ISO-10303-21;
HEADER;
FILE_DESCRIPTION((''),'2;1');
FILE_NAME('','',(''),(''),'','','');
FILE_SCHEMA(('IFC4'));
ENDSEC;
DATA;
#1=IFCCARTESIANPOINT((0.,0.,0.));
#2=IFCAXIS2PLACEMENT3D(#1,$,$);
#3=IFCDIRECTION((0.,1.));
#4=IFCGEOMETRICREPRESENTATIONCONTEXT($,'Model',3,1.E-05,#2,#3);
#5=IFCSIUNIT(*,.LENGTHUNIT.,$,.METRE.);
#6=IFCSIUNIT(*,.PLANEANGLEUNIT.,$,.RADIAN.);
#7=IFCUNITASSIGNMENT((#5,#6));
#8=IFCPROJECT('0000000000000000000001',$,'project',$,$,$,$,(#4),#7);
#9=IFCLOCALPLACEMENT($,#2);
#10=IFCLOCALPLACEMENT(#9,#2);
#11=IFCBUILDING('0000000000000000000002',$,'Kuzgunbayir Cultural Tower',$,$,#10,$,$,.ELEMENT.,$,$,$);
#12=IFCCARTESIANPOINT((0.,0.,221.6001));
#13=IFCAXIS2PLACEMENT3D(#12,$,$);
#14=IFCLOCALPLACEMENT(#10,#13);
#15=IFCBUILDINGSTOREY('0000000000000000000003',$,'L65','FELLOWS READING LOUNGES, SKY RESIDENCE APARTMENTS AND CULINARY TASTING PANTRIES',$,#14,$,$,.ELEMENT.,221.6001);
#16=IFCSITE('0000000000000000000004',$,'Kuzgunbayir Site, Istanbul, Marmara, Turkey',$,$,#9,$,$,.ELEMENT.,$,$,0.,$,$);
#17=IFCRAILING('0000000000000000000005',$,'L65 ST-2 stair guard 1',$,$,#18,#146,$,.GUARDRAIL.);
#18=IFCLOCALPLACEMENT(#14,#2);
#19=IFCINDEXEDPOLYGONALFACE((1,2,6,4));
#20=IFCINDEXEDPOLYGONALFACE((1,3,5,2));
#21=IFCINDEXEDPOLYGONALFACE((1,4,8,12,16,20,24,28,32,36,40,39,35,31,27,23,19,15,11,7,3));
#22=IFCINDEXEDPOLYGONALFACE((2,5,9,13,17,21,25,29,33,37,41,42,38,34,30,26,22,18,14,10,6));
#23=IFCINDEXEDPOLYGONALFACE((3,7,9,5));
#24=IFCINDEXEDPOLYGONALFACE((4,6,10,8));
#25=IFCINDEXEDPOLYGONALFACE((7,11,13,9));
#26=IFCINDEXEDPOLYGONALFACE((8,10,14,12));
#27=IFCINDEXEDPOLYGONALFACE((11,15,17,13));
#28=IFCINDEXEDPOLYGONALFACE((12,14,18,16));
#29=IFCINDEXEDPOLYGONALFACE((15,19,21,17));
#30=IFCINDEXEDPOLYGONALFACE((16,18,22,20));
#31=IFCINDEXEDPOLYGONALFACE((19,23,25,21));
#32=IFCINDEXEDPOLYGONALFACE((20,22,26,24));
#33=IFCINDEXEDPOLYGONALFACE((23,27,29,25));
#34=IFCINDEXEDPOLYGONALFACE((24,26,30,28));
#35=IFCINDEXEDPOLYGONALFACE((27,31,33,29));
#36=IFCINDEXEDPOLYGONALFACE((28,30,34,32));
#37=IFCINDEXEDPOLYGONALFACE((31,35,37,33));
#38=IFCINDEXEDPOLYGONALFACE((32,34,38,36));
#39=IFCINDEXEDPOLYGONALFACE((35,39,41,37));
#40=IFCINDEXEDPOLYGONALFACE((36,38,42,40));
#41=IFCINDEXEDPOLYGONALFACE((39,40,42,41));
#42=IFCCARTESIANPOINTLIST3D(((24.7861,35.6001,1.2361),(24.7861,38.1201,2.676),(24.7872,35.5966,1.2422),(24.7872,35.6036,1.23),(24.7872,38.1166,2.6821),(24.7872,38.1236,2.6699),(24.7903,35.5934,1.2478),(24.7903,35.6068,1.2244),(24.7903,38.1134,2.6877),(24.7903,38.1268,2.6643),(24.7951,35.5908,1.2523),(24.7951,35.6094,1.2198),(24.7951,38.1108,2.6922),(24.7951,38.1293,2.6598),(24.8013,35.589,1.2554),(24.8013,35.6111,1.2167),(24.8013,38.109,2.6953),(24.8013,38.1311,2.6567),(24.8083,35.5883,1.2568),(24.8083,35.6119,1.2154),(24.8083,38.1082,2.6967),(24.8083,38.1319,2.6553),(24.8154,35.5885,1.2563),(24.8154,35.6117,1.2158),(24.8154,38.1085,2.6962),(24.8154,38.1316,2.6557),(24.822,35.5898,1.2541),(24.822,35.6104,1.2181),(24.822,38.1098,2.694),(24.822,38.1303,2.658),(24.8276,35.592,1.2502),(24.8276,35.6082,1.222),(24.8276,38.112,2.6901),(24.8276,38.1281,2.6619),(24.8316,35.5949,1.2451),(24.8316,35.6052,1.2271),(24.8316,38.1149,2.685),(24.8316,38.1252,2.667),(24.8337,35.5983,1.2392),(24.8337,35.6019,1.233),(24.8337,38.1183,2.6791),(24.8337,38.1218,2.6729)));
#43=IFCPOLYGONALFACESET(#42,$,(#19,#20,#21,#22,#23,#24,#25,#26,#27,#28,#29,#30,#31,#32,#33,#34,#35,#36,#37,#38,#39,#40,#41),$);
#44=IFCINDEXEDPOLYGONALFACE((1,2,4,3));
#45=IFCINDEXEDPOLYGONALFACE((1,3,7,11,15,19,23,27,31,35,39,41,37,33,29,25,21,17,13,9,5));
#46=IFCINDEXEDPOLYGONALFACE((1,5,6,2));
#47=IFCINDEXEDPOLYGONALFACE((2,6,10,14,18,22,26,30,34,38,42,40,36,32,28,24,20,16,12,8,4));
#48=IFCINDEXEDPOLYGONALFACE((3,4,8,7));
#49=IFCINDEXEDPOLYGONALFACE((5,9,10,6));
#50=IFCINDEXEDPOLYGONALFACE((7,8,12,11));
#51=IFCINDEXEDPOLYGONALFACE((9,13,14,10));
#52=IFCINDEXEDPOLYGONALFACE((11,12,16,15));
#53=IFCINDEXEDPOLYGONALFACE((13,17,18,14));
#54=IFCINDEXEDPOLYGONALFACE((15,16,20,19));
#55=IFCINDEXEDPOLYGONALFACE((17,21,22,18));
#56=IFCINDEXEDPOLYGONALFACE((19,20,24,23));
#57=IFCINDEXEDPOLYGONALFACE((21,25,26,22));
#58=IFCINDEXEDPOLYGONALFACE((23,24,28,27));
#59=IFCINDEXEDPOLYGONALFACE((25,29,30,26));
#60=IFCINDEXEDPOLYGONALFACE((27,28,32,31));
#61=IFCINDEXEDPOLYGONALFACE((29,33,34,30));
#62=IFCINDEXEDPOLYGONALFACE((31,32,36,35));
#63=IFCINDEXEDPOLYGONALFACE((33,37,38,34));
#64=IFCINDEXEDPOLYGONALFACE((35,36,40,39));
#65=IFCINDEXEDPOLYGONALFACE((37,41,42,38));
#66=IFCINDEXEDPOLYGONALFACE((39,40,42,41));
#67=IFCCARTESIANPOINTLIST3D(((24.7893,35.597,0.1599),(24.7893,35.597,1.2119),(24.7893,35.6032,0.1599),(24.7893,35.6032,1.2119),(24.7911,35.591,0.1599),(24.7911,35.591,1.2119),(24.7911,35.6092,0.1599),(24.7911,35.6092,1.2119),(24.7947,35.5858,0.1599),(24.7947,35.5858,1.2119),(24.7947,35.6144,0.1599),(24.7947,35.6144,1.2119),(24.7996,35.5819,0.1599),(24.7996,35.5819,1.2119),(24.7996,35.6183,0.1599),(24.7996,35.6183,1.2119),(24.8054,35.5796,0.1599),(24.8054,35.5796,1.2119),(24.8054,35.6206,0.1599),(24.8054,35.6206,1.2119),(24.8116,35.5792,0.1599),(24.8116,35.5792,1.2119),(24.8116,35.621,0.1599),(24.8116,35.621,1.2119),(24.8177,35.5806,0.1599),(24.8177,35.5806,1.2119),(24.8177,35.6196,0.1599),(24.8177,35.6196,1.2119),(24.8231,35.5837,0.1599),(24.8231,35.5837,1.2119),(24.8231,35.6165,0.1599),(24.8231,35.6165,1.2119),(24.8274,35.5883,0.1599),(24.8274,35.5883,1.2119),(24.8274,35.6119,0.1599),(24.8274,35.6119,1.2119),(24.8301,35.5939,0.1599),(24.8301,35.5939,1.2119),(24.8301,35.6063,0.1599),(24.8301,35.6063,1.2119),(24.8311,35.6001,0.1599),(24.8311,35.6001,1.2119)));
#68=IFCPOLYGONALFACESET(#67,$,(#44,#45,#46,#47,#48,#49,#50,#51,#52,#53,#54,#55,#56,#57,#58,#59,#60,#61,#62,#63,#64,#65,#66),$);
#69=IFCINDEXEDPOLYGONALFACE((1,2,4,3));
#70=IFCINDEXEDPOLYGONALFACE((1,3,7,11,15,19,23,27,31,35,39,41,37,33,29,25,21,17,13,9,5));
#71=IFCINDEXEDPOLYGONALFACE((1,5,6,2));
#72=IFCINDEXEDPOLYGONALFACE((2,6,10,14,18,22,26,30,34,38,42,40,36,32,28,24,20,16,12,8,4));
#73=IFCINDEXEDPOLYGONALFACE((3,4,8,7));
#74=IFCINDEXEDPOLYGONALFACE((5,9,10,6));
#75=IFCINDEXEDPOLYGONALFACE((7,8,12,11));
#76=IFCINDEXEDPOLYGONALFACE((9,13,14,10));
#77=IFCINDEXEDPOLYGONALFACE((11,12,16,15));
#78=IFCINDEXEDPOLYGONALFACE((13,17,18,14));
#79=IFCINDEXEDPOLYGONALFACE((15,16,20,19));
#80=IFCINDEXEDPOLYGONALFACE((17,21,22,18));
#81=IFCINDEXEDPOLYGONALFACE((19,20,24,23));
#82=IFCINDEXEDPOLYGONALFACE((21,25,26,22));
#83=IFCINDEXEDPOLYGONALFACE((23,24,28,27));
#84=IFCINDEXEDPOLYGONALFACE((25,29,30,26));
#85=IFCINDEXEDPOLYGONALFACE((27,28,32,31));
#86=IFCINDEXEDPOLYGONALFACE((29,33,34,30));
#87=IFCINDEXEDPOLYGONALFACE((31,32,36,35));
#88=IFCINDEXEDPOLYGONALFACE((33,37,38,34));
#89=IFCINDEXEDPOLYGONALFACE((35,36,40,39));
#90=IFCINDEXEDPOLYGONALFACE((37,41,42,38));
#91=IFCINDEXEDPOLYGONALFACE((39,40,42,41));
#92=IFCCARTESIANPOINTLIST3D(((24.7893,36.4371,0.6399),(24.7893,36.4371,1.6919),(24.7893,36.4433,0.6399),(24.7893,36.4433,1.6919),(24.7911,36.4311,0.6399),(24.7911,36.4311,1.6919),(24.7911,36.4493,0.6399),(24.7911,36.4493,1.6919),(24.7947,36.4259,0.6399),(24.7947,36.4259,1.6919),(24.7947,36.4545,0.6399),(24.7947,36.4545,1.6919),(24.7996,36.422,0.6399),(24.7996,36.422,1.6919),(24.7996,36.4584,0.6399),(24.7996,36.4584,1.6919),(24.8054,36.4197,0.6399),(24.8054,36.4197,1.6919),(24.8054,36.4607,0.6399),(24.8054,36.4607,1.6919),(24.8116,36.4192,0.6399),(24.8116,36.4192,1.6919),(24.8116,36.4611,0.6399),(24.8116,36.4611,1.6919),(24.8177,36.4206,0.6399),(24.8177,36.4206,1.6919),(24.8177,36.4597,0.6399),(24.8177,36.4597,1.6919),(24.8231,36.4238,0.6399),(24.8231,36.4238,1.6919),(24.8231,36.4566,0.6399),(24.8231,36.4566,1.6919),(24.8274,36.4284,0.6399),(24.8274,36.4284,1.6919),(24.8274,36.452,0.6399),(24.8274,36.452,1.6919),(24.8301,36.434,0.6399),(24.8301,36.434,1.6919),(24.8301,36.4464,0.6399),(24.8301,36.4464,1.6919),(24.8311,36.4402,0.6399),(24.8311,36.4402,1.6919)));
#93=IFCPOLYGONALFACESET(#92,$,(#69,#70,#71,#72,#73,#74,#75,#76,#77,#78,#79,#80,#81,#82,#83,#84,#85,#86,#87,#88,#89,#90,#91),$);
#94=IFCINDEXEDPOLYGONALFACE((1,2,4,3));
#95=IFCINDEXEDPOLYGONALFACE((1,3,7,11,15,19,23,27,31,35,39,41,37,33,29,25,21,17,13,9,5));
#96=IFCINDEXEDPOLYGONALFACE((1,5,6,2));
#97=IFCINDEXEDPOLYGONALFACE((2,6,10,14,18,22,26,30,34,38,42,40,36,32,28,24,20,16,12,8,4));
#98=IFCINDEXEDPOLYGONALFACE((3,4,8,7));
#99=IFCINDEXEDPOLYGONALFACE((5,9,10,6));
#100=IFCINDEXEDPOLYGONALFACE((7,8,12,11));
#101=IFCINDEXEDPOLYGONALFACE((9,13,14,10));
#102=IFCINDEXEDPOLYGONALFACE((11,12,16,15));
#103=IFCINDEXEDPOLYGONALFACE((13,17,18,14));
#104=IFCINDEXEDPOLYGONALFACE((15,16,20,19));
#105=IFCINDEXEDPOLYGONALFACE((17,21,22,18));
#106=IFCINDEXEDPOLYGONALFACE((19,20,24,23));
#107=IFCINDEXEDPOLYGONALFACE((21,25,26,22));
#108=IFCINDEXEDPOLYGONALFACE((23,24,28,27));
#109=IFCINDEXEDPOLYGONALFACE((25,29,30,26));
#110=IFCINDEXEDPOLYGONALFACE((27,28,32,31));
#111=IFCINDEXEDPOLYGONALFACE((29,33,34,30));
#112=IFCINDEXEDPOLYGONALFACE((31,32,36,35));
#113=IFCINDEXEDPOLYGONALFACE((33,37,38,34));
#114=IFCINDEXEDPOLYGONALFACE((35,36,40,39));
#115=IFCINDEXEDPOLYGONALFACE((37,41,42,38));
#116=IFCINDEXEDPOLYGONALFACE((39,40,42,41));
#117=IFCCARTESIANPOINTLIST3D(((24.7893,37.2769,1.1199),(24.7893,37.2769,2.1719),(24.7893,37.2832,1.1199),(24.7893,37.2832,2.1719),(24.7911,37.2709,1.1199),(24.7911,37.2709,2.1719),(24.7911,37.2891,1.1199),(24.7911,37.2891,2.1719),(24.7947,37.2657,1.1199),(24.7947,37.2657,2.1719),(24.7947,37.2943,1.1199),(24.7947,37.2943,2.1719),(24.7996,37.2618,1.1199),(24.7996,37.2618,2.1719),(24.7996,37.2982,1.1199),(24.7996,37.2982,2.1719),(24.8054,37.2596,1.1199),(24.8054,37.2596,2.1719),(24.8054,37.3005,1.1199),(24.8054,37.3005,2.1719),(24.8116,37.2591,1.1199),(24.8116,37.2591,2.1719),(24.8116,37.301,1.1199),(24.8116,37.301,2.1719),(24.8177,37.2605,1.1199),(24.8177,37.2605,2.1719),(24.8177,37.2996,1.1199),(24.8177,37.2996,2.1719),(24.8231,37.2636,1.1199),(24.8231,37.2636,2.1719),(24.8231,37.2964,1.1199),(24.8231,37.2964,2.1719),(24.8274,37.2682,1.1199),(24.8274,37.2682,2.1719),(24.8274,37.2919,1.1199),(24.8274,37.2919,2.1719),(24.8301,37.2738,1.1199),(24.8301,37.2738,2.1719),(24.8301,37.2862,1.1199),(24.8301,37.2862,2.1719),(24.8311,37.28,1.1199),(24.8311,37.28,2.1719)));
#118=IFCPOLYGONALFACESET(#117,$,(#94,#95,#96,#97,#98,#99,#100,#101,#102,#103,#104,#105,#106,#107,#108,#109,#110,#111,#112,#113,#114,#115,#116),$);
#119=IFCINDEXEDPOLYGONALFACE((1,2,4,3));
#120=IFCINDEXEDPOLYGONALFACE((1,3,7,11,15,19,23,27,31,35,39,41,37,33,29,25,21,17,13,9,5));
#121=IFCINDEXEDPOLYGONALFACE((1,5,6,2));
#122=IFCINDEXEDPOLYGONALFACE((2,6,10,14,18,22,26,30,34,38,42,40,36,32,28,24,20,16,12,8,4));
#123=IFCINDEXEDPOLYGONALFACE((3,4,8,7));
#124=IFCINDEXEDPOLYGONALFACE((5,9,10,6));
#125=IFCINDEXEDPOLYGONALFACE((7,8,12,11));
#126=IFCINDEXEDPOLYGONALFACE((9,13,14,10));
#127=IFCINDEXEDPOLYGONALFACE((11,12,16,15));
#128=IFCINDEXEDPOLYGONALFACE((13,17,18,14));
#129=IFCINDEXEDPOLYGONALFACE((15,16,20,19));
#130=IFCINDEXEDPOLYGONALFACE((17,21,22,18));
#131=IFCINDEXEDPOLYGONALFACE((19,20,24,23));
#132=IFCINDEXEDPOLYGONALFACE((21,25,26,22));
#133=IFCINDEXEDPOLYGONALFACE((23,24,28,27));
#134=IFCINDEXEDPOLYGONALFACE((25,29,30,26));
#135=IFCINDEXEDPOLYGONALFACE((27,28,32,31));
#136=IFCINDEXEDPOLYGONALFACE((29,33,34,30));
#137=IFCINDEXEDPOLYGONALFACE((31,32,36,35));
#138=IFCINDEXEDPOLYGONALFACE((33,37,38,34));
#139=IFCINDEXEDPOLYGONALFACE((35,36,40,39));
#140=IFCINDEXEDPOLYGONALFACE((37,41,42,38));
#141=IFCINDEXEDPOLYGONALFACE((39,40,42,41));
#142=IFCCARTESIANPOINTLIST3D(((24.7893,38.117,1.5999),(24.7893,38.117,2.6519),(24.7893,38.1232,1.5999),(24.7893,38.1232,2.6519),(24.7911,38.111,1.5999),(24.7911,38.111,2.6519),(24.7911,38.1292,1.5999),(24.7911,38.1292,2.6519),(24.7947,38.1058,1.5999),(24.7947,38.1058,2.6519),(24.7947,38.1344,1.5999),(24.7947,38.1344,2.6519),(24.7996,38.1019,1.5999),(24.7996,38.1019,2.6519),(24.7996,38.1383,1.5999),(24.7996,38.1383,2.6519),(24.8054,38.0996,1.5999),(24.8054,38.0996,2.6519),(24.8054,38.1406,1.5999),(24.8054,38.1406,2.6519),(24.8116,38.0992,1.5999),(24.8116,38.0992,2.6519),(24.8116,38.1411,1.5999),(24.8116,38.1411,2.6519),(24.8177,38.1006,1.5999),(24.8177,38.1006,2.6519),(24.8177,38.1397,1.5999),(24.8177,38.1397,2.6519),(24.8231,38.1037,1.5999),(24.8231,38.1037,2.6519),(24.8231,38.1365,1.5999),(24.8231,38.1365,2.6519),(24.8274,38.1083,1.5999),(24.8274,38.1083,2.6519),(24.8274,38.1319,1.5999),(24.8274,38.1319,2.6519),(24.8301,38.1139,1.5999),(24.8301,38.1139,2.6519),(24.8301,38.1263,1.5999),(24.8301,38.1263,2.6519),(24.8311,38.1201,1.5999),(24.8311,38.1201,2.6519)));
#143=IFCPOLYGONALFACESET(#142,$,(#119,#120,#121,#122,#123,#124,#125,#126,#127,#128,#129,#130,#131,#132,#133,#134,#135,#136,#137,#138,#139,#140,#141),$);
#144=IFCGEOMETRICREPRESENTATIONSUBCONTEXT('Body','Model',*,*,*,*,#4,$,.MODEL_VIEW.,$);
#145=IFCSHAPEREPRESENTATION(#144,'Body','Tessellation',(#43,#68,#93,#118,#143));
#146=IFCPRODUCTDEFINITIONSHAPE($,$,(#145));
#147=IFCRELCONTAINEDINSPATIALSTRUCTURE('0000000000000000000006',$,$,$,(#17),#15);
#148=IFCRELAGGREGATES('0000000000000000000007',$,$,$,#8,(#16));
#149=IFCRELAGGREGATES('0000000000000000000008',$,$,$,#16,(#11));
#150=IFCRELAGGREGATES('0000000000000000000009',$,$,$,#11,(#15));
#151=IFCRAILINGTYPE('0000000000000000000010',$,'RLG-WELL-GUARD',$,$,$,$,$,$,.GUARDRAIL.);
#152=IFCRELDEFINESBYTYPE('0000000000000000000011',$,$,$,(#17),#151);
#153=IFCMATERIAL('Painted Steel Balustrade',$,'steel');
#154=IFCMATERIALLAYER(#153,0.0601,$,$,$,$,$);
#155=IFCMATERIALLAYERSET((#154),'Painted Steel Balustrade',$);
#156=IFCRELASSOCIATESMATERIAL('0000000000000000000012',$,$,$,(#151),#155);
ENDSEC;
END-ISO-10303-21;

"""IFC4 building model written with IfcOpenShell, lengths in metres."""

from ifc_helpers import new_model, si_unit, direction, frame, origin, origin_2d, place, context, subcontext, project, spatial, circle, extrude, material, layer, layer_set, type_object, element, save


model = new_model("IFC4")

# Units and contexts
model_context = context("Model", 3, precision=1e-05, world=origin(), true_north=direction((0.0, 1.0)))
body_context = subcontext(model_context, "Body", "Model", "MODEL_VIEW")
ifc_project = project(units=[si_unit("LENGTHUNIT", "METRE"), si_unit("PLANEANGLEUNIT", "RADIAN")], contexts=[model_context])

# Site, building, storey
site_placement = place(None, origin())
site = spatial("IfcSite", under=ifc_project, at=site_placement, Name="Kuzgunbayir Site, Istanbul, Marmara, Turkey", CompositionType="ELEMENT", RefElevation=0.0)
building_placement = place(site_placement, origin())
building = spatial("IfcBuilding", under=site, at=building_placement, Name="Kuzgunbayir Cultural Tower", CompositionType="ELEMENT")
storey_placement = place(building_placement, frame((0.0, 0.0, 221.6001)))
storey = spatial("IfcBuildingStorey", under=building, at=storey_placement, Name="L65", Description="FELLOWS READING LOUNGES, SKY RESIDENCE APARTMENTS AND CULINARY TASTING PANTRIES", CompositionType="ELEMENT", Elevation=221.6001)

# Railing
ifc_material_1 = material(Name="Painted Steel Balustrade", Category="steel")
ifc_layer_1 = layer(ifc_material_1, 0.0601)
ifc_layer_set_1 = layer_set([ifc_layer_1], Name="Painted Steel Balustrade")
railing_type_1 = type_object("IfcRailingType", Name="RLG-WELL-GUARD", PredefinedType="GUARDRAIL", material=ifc_layer_set_1)
railing_1_placement = place(storey_placement, frame((24.8101, 35.6001, 0.1599)))
element("IfcRailing", 1, at=railing_1_placement, inside=storey, type_object=railing_type_1, Name="L65 ST-2 stair guard 1", PredefinedType="GUARDRAIL", context=body_context, shape_type="SweptSolid", body=[
    extrude(circle(Radius=0.0239, at=origin_2d()), frame((0.0, 0.0, 1.0762), z_axis=(0.0, 0.868253, 0.496121), x_axis=(-1.0, 0.0, 0.0)), (0.0, 0.0, 1.0), 2.9023),
    extrude(circle(Radius=0.021, at=origin_2d()), origin(), (0.0, 0.0, 1.0), 1.052),
    extrude(circle(Radius=0.021, at=origin_2d()), frame((0.0, 0.8401, 0.48)), (0.0, 0.0, 1.0), 1.052),
    extrude(circle(Radius=0.021, at=origin_2d()), frame((0.0, 1.6799, 0.96)), (0.0, 0.0, 1.0), 1.052),
    extrude(circle(Radius=0.021, at=origin_2d()), frame((0.0, 2.52, 1.4399)), (0.0, 0.0, 1.0), 1.052),
])

save(model, "model.ifc")
